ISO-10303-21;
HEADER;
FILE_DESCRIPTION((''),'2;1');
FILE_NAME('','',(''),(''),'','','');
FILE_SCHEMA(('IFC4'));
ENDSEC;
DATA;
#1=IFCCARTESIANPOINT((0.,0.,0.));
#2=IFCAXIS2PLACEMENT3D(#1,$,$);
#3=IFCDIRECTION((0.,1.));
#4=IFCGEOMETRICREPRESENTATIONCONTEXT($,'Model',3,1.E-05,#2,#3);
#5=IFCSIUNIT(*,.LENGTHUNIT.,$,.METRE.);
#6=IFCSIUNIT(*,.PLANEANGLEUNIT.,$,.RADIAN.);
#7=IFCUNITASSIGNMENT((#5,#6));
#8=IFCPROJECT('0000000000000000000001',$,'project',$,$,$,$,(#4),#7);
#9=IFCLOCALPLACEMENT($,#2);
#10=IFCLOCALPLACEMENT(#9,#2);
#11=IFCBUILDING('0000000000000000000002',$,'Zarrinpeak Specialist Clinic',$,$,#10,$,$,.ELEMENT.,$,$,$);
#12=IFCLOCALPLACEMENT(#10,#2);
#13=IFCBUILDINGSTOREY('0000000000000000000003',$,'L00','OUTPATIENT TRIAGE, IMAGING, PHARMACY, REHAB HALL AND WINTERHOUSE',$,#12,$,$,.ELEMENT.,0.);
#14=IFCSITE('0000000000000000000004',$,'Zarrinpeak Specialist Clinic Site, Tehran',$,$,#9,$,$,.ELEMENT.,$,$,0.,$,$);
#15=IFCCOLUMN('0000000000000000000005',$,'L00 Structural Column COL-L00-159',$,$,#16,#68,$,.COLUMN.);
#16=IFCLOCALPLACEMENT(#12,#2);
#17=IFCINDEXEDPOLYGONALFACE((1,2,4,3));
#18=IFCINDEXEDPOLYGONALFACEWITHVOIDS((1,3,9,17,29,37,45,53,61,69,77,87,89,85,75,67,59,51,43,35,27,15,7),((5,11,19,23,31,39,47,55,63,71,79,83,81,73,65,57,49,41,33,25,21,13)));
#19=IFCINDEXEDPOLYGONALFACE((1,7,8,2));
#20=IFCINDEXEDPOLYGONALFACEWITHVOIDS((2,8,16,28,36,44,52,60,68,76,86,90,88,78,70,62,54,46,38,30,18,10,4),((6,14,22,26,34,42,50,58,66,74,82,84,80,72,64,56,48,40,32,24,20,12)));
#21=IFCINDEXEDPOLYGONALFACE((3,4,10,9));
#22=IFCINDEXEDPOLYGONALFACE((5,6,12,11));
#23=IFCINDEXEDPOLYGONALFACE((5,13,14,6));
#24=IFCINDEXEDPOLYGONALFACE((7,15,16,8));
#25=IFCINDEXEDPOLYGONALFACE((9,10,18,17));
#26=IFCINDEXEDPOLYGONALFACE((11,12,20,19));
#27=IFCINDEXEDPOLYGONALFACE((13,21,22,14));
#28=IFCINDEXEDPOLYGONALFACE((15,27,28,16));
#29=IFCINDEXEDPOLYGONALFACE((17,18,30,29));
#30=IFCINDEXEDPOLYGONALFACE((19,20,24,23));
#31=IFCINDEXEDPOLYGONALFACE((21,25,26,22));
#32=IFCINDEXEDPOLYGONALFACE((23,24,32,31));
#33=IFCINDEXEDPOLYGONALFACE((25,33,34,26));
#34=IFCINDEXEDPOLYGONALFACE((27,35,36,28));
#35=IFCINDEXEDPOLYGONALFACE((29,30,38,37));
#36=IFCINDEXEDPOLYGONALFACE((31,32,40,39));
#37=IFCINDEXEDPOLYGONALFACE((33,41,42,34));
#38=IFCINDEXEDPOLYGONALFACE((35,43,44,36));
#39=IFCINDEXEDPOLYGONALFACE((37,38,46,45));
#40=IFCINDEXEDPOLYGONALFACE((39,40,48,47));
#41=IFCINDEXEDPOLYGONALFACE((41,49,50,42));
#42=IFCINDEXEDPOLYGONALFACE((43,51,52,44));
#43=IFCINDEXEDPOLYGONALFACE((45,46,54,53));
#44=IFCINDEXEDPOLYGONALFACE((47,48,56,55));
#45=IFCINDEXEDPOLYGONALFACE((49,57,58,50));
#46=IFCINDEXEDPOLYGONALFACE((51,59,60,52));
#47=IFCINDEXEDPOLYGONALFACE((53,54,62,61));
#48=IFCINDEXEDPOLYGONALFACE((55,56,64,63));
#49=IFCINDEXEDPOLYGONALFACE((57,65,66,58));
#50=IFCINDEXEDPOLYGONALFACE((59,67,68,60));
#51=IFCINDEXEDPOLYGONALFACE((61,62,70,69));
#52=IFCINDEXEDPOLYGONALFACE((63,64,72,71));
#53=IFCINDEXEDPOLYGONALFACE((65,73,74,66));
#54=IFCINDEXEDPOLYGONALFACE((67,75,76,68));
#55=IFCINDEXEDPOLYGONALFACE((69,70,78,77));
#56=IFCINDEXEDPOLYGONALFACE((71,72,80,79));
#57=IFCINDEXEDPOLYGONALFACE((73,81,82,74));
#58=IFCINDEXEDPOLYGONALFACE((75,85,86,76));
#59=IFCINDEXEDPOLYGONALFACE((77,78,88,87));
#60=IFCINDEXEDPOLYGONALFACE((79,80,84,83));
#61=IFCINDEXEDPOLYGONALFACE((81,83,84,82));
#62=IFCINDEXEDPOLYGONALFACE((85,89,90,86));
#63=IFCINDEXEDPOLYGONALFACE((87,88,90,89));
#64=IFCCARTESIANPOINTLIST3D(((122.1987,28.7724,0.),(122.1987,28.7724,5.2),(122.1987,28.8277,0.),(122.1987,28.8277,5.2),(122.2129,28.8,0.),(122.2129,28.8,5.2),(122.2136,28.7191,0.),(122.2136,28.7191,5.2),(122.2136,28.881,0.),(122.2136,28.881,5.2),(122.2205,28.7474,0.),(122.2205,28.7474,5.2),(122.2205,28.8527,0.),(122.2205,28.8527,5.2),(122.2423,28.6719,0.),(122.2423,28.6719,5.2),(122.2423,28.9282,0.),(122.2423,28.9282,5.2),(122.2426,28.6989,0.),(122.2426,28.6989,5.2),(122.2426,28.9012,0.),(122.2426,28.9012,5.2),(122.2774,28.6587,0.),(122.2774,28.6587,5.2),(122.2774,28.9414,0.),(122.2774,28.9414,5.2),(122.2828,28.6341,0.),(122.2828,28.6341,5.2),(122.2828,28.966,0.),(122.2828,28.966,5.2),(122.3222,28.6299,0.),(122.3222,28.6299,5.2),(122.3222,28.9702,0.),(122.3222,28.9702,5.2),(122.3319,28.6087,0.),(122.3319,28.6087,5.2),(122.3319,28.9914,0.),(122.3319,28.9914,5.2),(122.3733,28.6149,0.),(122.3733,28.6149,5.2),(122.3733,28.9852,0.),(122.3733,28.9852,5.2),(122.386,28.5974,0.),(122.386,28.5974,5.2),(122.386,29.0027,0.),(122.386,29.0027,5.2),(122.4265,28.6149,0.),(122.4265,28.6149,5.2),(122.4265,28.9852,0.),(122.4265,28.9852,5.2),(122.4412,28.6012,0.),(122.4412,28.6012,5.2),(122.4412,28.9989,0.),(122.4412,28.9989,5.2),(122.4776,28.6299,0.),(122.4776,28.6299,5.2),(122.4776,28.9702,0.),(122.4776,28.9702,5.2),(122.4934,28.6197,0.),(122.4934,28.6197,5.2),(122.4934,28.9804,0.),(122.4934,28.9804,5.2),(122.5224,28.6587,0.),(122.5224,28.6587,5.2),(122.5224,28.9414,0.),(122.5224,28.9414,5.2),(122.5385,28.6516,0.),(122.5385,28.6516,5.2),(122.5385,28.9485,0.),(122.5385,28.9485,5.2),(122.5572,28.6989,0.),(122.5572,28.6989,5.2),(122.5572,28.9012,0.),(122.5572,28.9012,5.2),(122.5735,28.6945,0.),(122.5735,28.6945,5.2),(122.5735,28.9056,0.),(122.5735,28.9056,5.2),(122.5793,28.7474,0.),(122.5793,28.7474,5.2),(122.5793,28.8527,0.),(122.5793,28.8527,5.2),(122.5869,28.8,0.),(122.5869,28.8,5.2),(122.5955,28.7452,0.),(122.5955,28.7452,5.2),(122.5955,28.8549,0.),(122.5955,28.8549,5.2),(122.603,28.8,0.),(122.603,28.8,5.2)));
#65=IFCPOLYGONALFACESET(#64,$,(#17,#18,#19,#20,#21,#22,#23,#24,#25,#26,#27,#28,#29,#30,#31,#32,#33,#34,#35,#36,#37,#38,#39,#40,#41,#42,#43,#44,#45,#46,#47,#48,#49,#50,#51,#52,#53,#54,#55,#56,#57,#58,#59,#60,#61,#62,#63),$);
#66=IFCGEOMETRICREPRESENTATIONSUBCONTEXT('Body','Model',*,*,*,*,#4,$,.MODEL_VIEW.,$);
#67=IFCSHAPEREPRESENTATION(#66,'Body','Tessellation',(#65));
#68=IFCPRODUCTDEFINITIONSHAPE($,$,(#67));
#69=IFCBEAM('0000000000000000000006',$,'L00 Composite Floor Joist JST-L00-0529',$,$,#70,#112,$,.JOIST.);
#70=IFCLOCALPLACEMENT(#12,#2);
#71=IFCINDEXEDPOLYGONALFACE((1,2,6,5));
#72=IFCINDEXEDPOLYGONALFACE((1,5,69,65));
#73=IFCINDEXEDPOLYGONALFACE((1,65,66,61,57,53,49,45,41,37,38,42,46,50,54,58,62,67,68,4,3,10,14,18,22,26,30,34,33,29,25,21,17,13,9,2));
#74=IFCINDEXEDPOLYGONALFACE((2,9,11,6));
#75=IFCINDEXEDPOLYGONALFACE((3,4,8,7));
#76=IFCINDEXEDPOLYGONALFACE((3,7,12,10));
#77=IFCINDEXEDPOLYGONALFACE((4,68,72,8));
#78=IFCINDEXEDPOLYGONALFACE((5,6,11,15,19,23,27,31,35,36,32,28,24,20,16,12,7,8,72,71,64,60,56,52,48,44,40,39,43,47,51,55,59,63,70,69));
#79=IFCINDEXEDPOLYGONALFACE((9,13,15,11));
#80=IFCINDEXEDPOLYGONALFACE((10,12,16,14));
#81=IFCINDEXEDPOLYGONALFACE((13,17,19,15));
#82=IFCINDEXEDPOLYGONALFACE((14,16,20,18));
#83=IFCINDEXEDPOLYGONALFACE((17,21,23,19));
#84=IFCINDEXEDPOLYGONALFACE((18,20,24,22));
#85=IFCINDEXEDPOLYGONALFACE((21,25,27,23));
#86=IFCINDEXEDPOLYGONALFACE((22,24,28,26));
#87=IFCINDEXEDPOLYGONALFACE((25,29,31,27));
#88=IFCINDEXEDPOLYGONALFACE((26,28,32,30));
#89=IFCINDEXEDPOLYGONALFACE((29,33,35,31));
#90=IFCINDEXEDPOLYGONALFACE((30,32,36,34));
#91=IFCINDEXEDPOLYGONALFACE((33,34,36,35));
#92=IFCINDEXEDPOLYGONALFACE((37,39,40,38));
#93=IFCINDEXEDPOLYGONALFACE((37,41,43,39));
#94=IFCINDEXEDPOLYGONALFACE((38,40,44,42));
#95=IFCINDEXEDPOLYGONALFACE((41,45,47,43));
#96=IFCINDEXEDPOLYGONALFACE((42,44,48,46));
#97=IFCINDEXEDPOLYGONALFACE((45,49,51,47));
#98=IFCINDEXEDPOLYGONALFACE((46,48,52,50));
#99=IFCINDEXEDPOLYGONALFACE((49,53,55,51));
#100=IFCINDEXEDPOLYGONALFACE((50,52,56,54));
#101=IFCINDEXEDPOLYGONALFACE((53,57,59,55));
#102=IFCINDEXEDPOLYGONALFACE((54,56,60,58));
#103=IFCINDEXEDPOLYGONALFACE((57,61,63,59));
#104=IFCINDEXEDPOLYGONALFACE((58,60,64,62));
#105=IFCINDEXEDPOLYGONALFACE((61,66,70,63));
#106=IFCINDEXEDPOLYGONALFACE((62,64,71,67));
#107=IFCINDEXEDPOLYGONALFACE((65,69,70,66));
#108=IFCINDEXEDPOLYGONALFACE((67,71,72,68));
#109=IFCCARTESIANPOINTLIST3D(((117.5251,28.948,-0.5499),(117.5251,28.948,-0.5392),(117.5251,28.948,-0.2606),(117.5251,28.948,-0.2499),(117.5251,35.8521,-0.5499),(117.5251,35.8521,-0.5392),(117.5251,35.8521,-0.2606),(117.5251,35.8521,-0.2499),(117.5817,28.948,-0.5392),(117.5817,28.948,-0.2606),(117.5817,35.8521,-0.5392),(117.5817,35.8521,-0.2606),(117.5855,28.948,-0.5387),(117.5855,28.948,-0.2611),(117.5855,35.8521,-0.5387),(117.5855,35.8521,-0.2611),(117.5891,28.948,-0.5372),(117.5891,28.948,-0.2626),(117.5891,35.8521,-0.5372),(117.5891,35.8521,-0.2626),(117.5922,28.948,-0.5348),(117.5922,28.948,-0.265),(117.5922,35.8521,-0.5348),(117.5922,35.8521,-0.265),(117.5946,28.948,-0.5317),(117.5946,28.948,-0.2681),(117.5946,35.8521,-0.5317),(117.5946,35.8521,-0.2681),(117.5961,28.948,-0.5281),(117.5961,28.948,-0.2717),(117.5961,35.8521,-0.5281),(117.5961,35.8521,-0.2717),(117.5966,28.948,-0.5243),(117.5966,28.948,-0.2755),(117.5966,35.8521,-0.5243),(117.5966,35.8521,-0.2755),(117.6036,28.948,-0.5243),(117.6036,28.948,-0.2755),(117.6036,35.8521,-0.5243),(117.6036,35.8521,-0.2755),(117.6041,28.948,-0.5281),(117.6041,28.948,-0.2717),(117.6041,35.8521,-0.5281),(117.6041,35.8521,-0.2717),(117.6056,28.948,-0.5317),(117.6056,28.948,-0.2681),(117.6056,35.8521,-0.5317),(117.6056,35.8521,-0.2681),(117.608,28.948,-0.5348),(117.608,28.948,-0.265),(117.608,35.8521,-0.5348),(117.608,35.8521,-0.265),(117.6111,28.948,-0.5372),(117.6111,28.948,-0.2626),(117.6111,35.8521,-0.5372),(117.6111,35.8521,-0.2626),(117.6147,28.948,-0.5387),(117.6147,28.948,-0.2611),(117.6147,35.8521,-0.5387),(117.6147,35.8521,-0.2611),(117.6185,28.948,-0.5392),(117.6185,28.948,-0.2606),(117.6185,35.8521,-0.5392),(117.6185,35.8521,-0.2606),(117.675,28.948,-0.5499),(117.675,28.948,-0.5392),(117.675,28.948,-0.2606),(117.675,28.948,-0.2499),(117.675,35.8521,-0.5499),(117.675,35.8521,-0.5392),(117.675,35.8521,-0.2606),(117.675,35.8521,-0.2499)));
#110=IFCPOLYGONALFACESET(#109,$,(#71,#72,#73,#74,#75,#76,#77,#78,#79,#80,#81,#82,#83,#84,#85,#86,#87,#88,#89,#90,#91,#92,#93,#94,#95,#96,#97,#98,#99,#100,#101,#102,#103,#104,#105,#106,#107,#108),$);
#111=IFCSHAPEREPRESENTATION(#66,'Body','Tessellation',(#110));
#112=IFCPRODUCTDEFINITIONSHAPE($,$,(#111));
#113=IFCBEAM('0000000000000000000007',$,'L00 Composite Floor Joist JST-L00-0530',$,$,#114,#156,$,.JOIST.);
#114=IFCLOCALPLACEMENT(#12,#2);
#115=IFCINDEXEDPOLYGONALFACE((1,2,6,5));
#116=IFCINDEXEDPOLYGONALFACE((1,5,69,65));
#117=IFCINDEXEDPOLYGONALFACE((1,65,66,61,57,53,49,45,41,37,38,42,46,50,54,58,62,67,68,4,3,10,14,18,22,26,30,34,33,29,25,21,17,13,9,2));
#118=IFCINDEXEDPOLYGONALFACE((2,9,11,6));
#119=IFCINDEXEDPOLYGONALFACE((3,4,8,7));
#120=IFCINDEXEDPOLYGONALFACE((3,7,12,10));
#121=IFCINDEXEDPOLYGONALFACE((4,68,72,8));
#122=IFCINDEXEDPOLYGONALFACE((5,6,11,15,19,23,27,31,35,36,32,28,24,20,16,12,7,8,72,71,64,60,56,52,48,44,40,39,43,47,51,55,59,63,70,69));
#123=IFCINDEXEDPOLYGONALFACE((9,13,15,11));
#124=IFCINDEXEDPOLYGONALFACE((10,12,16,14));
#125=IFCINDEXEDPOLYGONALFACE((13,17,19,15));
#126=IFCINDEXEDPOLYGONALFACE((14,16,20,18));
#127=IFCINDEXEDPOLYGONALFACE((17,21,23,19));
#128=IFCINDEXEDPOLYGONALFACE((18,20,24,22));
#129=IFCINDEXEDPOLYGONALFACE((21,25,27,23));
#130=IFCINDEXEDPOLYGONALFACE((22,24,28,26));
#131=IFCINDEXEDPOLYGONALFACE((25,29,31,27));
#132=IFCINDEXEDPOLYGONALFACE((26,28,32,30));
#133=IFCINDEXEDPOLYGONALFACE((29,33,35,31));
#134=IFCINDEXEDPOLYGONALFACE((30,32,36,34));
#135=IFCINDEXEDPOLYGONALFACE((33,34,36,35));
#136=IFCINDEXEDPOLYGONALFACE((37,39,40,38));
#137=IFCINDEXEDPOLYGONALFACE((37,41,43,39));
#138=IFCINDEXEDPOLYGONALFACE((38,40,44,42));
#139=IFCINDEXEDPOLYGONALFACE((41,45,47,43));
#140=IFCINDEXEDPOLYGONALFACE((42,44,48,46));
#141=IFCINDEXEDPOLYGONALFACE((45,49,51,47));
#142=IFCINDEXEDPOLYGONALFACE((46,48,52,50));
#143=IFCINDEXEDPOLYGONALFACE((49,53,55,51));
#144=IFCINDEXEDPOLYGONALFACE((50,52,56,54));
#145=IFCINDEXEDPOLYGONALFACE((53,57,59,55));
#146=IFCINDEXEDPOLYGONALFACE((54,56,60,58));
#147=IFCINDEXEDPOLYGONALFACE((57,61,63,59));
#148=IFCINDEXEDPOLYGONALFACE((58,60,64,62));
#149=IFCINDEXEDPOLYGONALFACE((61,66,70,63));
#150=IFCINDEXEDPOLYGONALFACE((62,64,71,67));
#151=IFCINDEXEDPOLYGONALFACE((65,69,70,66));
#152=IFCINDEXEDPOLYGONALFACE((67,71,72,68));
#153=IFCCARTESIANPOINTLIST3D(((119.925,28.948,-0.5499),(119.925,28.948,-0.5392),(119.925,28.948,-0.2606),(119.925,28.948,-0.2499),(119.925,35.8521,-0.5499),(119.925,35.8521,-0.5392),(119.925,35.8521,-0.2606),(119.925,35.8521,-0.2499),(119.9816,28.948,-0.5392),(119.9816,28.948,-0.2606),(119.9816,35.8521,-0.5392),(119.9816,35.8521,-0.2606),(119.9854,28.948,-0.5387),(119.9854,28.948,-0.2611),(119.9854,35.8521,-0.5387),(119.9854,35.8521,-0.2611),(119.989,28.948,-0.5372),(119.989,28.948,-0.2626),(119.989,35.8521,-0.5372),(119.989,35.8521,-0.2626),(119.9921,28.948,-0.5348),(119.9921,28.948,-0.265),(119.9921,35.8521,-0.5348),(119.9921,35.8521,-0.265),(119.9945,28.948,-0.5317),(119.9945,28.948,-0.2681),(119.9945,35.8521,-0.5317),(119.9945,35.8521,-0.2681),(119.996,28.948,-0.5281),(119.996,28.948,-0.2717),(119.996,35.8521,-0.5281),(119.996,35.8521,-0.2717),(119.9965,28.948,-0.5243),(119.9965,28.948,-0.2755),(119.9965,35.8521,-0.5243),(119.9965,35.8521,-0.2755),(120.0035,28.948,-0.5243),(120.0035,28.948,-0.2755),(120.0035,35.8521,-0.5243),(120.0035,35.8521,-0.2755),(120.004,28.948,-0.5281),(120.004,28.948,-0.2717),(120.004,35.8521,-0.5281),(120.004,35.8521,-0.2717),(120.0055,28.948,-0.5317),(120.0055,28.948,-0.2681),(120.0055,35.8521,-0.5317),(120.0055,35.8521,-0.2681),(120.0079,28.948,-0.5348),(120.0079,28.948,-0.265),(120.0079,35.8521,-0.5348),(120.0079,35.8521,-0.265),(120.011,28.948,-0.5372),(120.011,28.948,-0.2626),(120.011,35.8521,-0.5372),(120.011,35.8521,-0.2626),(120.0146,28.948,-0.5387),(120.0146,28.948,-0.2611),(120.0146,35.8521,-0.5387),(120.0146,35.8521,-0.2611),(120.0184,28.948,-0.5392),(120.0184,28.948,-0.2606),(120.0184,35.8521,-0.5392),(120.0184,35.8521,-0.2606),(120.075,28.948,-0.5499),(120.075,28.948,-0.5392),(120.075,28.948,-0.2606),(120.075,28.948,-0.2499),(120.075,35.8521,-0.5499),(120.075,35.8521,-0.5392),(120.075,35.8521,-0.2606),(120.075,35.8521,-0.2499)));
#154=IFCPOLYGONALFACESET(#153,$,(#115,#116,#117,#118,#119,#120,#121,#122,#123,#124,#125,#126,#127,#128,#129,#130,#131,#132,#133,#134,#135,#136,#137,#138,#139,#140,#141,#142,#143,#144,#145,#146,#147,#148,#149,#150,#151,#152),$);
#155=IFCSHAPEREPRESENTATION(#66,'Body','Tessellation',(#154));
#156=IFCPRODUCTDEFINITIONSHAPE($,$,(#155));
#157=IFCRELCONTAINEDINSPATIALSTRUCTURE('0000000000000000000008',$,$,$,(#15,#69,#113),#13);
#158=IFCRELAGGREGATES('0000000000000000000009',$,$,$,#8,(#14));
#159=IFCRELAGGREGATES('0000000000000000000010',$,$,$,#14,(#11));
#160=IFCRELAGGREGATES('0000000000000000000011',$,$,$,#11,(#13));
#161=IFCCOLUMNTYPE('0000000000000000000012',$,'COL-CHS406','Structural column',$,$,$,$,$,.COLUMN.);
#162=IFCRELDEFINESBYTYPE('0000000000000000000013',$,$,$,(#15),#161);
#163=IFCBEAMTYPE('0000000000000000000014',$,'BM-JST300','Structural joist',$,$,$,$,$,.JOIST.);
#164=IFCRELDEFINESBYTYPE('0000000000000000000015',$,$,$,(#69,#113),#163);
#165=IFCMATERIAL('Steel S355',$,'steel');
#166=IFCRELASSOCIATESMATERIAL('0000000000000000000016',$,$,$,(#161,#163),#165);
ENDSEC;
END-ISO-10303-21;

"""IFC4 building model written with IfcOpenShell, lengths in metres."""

from ifc_helpers import new_model, si_unit, direction, frame, origin, origin_2d, place, context, subcontext, project, spatial, hollow_circle, i_section, extrude, material, material_profile, profile_set, type_object, element, save


model = new_model("IFC4")

# Units and contexts
model_context = context("Model", 3, precision=1e-05, world=origin(), true_north=direction((0.0, 1.0)))
body_context = subcontext(model_context, "Body", "Model", "MODEL_VIEW")
ifc_project = project(units=[si_unit("LENGTHUNIT", "METRE"), si_unit("PLANEANGLEUNIT", "RADIAN")], contexts=[model_context])

# Site, building, storey
site_placement = place(None, origin())
site = spatial("IfcSite", under=ifc_project, at=site_placement, Name="Zarrinpeak Specialist Clinic Site, Tehran", CompositionType="ELEMENT", RefElevation=0.0)
building_placement = place(site_placement, origin())
building = spatial("IfcBuilding", under=site, at=building_placement, Name="Zarrinpeak Specialist Clinic", CompositionType="ELEMENT")
storey_placement = place(building_placement, origin())
storey = spatial("IfcBuildingStorey", under=building, at=storey_placement, Name="L00", Description="OUTPATIENT TRIAGE, IMAGING, PHARMACY, REHAB HALL AND WINTERHOUSE", CompositionType="ELEMENT", Elevation=0.0)

# Column
ifc_material_1 = material(Name="Steel S355", Category="steel")
ifc_material_profile_1 = material_profile(ifc_material_1, hollow_circle(Radius=0.2031, WallThickness=0.0161, at=origin_2d()), Name="CHS 406.4x16.0")
ifc_profile_set_1 = profile_set([ifc_material_profile_1], Name="Steel S355")
column_type = type_object("IfcColumnType", Name="COL-CHS406", Description="Structural column", PredefinedType="COLUMN", material=ifc_profile_set_1)
column_placement = place(storey_placement, frame((122.3999, 28.8, 0.0), z_axis=(0.0, 0.0, 1.0), x_axis=(1.0, 0.0, 0.0)))
element("IfcColumn", 1, at=column_placement, inside=storey, type_object=column_type, Name="L00 Structural Column COL-L00-159", PredefinedType="COLUMN", context=body_context, shape_type="SweptSolid", body=[
    extrude(hollow_circle(Radius=0.2031, WallThickness=0.0161, at=origin_2d()), origin(), (0.0, 0.0, 1.0), 5.2),
])

# Beams
ifc_material_profile_2 = material_profile(ifc_material_1, i_section(OverallWidth=0.1499, OverallDepth=0.3, WebThickness=0.0071, FlangeThickness=0.0107, FilletRadius=0.0149, at=origin_2d()), Name="IPE 300")
ifc_profile_set_2 = profile_set([ifc_material_profile_2], Name="Steel S355")
beam_type_1 = type_object("IfcBeamType", Name="BM-JST300", Description="Structural joist", PredefinedType="JOIST", material=ifc_profile_set_2)
for number, where, z_axis, x_axis, name in (
    (2, (117.6001, 28.948, -0.3999), (0.0, 1.0, 0.0), (-1.0, 0.0, 0.0), "L00 Composite Floor Joist JST-L00-0529"),
    (3, (120.0, 28.948, -0.3999), (0.0, 1.0, 0.0), (-1.0, 0.0, 0.0), "L00 Composite Floor Joist JST-L00-0530"),
):
    element("IfcBeam", number, at=place(storey_placement, frame(where, z_axis=z_axis, x_axis=x_axis)), inside=storey, type_object=beam_type_1, Name=name, PredefinedType="JOIST", context=body_context, shape_type="SweptSolid", body=[
        extrude(i_section(OverallWidth=0.1499, OverallDepth=0.3, WebThickness=0.0071, FlangeThickness=0.0107, FilletRadius=0.0149, at=origin_2d()), origin(), (0.0, 0.0, 1.0), 6.9041),
    ])

save(model, "model.ifc")
